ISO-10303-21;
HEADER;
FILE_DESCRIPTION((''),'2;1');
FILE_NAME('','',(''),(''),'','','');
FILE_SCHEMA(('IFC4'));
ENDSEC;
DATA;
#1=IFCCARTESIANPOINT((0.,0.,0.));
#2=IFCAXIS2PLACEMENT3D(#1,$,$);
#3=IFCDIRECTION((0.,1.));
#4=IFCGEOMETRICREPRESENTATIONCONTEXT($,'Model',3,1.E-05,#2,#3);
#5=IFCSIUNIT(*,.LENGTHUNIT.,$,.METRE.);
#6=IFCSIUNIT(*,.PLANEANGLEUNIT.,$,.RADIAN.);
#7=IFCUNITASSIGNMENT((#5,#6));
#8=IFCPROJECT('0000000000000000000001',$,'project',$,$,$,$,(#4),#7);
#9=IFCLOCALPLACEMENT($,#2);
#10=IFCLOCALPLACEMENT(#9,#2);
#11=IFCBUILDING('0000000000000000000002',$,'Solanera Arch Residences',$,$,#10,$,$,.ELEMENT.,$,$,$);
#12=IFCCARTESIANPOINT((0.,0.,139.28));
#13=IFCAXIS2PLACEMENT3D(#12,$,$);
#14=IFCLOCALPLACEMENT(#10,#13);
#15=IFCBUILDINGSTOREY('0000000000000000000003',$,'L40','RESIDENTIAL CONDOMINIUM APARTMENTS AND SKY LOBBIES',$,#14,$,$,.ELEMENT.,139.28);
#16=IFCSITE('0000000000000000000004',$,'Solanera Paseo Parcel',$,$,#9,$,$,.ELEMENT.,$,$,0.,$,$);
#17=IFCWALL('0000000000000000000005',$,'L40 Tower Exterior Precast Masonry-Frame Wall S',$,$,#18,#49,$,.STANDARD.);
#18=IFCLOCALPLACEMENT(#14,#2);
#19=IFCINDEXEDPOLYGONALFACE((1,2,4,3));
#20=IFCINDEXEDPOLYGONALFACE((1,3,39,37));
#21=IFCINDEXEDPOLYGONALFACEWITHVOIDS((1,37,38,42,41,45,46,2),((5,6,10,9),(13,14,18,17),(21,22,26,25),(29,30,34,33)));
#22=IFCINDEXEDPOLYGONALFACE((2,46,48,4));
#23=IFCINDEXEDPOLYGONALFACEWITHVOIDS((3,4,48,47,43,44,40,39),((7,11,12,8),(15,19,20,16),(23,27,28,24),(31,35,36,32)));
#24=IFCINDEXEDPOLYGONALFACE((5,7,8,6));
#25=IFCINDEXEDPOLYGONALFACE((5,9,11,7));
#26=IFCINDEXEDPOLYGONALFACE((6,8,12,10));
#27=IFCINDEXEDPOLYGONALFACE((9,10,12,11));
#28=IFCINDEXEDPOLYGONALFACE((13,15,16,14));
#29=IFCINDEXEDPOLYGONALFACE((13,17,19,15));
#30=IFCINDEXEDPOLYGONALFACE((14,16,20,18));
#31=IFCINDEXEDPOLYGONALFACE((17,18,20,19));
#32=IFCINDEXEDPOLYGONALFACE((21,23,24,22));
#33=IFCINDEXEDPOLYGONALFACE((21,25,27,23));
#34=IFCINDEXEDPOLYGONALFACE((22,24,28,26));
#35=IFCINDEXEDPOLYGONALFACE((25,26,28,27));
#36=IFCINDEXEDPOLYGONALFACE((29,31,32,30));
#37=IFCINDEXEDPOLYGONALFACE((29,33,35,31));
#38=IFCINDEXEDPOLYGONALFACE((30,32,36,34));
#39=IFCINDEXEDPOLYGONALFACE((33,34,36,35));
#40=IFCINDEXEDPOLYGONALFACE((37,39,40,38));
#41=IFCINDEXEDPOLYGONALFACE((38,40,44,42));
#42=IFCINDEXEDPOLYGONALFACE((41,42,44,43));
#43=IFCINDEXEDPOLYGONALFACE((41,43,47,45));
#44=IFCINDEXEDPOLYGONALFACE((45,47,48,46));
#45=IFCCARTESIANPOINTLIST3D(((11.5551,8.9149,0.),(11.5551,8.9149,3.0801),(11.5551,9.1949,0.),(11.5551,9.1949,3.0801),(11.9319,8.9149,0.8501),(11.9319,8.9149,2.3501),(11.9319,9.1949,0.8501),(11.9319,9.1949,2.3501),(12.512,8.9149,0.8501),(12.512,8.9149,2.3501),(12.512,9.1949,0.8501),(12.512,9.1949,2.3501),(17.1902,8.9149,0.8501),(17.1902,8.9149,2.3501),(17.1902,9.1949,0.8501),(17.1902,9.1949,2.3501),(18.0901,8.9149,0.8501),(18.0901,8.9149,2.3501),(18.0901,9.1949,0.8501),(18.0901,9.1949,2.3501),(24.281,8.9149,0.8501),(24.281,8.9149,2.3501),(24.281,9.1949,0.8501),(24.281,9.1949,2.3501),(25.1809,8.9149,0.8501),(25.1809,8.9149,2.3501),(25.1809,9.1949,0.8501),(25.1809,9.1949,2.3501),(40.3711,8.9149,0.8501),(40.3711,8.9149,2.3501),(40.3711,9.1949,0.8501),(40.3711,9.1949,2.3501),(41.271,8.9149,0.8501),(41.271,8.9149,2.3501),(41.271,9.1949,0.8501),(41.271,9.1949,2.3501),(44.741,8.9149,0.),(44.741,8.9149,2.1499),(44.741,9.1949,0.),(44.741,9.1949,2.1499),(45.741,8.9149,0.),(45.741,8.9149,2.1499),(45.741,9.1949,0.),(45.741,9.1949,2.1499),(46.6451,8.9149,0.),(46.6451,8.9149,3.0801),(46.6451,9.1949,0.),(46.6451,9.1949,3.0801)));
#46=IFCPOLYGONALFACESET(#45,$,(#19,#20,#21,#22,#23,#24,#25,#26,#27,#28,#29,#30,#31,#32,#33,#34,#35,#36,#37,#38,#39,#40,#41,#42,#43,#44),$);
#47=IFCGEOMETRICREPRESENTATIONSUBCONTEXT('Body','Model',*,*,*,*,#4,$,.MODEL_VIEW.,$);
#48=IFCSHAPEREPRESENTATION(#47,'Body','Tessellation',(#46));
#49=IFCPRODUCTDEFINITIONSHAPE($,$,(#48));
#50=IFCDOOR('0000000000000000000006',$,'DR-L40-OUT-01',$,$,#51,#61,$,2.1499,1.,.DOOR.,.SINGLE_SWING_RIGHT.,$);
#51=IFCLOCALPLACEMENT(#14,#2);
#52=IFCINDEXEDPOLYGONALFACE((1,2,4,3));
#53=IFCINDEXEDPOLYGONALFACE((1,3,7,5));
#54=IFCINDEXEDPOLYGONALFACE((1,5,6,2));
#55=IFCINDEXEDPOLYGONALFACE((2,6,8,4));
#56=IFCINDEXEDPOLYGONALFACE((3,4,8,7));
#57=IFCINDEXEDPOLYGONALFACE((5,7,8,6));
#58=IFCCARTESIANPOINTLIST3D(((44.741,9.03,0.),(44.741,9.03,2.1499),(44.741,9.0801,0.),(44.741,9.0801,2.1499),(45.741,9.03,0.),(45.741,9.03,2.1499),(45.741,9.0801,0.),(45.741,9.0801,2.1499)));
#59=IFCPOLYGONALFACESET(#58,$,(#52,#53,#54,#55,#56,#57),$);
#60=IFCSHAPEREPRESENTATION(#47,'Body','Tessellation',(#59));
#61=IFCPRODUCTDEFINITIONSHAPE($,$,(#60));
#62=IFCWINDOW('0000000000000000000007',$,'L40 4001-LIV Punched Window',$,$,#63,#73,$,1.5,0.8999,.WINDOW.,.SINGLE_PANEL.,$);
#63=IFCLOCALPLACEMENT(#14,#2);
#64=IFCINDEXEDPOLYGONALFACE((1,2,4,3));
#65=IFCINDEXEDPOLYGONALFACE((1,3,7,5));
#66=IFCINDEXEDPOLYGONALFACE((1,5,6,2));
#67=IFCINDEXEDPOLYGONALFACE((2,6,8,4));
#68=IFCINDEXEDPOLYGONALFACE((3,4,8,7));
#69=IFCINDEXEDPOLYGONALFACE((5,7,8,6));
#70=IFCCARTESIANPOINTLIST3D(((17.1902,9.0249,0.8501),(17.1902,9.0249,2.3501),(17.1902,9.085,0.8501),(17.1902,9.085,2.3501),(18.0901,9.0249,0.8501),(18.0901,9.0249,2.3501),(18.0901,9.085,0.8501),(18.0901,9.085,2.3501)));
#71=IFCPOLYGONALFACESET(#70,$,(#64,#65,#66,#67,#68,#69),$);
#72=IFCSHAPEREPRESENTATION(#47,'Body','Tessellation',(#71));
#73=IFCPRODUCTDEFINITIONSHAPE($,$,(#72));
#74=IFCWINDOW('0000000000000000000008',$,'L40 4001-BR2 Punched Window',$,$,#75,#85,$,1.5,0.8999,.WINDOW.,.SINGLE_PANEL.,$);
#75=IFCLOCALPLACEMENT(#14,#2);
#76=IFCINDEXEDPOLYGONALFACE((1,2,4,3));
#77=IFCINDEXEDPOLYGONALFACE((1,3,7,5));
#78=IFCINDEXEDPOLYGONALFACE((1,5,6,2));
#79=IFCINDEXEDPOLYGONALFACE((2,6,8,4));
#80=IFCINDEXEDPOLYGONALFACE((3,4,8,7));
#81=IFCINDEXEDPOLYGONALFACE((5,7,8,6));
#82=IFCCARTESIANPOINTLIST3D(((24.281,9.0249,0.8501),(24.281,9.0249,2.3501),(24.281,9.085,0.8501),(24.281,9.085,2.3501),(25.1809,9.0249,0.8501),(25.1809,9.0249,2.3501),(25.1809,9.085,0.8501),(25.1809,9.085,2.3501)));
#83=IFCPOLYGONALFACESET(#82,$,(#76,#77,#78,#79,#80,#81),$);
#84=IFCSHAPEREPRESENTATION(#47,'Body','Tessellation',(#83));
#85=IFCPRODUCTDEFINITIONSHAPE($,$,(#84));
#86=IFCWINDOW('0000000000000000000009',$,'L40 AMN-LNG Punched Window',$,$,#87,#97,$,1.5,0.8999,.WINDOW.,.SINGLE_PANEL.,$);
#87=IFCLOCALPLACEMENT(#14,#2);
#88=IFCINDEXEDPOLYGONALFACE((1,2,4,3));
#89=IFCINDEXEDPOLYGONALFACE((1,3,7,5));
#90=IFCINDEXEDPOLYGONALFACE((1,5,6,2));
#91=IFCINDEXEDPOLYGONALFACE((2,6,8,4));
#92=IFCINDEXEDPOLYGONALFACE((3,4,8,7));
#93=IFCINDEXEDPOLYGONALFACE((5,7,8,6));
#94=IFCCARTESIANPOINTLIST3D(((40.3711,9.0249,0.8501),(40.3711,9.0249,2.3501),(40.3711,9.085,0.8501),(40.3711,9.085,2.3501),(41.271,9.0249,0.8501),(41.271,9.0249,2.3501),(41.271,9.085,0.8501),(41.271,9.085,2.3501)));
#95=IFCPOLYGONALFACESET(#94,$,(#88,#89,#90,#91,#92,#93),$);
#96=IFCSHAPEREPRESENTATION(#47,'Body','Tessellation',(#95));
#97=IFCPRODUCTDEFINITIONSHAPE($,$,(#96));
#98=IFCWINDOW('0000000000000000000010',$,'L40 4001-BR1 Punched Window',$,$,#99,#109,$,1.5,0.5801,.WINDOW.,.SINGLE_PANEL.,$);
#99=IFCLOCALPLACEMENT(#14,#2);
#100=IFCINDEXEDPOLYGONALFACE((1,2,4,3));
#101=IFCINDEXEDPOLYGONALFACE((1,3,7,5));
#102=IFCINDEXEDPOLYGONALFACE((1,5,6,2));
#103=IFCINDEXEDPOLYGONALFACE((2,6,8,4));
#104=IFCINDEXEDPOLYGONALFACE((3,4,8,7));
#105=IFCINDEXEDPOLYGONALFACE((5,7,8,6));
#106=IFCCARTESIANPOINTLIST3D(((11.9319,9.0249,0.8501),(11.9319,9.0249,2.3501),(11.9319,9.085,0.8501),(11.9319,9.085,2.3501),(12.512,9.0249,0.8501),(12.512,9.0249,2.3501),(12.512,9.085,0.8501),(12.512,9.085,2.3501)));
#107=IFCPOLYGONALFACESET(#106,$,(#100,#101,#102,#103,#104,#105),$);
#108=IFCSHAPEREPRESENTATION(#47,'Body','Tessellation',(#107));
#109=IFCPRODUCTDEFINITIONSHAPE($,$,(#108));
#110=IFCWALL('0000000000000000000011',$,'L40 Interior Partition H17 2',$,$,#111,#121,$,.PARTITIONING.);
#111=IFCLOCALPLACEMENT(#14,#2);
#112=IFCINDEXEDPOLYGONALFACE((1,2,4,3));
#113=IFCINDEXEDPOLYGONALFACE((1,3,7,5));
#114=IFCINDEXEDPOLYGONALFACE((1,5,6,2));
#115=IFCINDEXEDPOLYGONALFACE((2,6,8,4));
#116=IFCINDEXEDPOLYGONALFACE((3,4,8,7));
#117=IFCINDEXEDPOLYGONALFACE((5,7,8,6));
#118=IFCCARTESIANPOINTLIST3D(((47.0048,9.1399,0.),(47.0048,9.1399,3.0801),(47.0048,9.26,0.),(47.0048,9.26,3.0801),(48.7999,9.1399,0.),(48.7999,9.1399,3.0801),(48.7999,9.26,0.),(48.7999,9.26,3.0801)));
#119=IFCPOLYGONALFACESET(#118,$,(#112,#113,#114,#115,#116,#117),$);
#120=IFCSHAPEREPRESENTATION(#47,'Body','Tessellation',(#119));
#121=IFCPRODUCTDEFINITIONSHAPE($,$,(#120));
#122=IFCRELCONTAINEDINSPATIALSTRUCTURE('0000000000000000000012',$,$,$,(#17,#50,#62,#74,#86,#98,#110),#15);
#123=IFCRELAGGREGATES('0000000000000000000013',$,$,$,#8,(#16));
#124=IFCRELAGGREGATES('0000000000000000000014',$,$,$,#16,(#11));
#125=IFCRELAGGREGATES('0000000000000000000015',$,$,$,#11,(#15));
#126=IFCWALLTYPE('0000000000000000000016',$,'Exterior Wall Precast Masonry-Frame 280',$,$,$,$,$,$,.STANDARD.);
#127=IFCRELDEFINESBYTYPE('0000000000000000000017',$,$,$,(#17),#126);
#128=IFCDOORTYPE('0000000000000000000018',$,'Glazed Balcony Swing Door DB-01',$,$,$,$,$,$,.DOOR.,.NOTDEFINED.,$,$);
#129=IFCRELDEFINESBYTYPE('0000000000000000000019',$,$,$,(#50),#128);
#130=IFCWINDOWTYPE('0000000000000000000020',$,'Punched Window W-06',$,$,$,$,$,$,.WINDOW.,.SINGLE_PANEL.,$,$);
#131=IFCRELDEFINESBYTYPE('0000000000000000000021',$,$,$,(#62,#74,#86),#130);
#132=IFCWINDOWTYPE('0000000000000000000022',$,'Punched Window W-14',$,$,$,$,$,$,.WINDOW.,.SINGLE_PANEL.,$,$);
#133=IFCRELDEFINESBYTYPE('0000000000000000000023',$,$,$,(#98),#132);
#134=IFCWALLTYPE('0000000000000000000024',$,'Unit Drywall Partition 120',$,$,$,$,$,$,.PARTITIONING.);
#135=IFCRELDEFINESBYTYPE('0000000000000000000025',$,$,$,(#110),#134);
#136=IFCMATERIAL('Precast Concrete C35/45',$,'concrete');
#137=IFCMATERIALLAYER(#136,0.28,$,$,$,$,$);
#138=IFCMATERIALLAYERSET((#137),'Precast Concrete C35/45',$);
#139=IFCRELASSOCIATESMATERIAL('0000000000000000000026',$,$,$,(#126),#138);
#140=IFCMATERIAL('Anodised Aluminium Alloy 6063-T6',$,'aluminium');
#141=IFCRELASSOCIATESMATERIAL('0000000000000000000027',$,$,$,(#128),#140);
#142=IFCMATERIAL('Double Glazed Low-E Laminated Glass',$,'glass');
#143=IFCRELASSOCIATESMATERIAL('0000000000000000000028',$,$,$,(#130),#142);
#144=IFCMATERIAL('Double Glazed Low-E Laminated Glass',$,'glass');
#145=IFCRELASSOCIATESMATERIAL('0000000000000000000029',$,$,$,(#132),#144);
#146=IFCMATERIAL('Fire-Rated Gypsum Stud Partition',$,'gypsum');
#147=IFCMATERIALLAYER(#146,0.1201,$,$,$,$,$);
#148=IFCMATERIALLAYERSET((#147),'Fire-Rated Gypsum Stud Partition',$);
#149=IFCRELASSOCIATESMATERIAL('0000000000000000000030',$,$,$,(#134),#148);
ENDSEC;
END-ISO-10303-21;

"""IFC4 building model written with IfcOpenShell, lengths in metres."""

from ifc_helpers import new_model, si_unit, direction, frame, frame_2d, origin, place, context, subcontext, project, spatial, rectangle, extrude, material, layer, layer_set, type_object, element, fill, save


model = new_model("IFC4")

# Units and contexts
model_context = context("Model", 3, precision=1e-05, world=origin(), true_north=direction((0.0, 1.0)))
body_context = subcontext(model_context, "Body", "Model", "MODEL_VIEW")
ifc_project = project(units=[si_unit("LENGTHUNIT", "METRE"), si_unit("PLANEANGLEUNIT", "RADIAN")], contexts=[model_context])

# Site, building, storey
site_placement = place(None, origin())
site = spatial("IfcSite", under=ifc_project, at=site_placement, Name="Solanera Paseo Parcel", CompositionType="ELEMENT", RefElevation=0.0)
building_placement = place(site_placement, origin())
building = spatial("IfcBuilding", under=site, at=building_placement, Name="Solanera Arch Residences", CompositionType="ELEMENT")
storey_placement = place(building_placement, frame((0.0, 0.0, 139.28)))
storey = spatial("IfcBuildingStorey", under=building, at=storey_placement, Name="L40", Description="RESIDENTIAL CONDOMINIUM APARTMENTS AND SKY LOBBIES", CompositionType="ELEMENT", Elevation=139.28)

# Shared definitions
ifc_material_1 = material(Name="Precast Concrete C35/45", Category="concrete")
ifc_layer_1 = layer(ifc_material_1, 0.28)
ifc_layer_set_1 = layer_set([ifc_layer_1], Name="Precast Concrete C35/45")
wall_type_1 = type_object("IfcWallType", Name="Exterior Wall Precast Masonry-Frame 280", PredefinedType="STANDARD", material=ifc_layer_set_1)

# Wall, openings, door, windows
wall_1_placement = place(storey_placement, frame((46.645, 9.0549, 0.0), z_axis=(0.0, 0.0, 1.0), x_axis=(-1.0, 0.0, 0.0)))
wall_1 = element("IfcWall", 1, at=wall_1_placement, inside=storey, type_object=wall_type_1, Name="L40 Tower Exterior Precast Masonry-Frame Wall S", PredefinedType="STANDARD", context=body_context, shape_type="SweptSolid", body=[
    extrude(rectangle(XDim=35.0901, YDim=0.28, at=frame_2d((17.5449, 0.0))), origin(), (0.0, 0.0, 1.0), 3.0801),
])
opening_1_placement = place(wall_1_placement, frame((0.9041, 0.0, 0.0)))
opening_1 = element("IfcOpeningElement", 2, at=opening_1_placement, cuts=wall_1, PredefinedType="OPENING", context=body_context, shape_type="SweptSolid", body=[
    extrude(rectangle(XDim=1.0, YDim=2.1499, at=frame_2d((0.5, 1.075))), frame((0.0, 0.1499, 0.0), z_axis=(0.0, -1.0, 0.0), x_axis=(1.0, 0.0, 0.0)), (0.0, 0.0, 1.0), 0.3),
])
opening_2_placement = place(wall_1_placement, frame((28.5549, 0.0, 0.8501)))
opening_2 = element("IfcOpeningElement", 3, at=opening_2_placement, cuts=wall_1, PredefinedType="OPENING", context=body_context, shape_type="SweptSolid", body=[
    extrude(rectangle(XDim=0.8999, YDim=1.5, at=frame_2d((0.45, 0.75))), frame((0.0, 0.1499, 0.0), z_axis=(0.0, -1.0, 0.0), x_axis=(1.0, 0.0, 0.0)), (0.0, 0.0, 1.0), 0.3),
])
opening_3_placement = place(wall_1_placement, frame((34.1331, 0.0, 0.8501)))
opening_3 = element("IfcOpeningElement", 4, at=opening_3_placement, cuts=wall_1, PredefinedType="OPENING", context=body_context, shape_type="SweptSolid", body=[
    extrude(rectangle(XDim=0.5801, YDim=1.5, at=frame_2d((0.29, 0.75))), frame((0.0, 0.1499, 0.0), z_axis=(0.0, -1.0, 0.0), x_axis=(1.0, 0.0, 0.0)), (0.0, 0.0, 1.0), 0.3),
])
opening_4_placement = place(wall_1_placement, frame((21.4641, 0.0, 0.8501)))
opening_4 = element("IfcOpeningElement", 5, at=opening_4_placement, cuts=wall_1, PredefinedType="OPENING", context=body_context, shape_type="SweptSolid", body=[
    extrude(rectangle(XDim=0.8999, YDim=1.5, at=frame_2d((0.45, 0.75))), frame((0.0, 0.1499, 0.0), z_axis=(0.0, -1.0, 0.0), x_axis=(1.0, 0.0, 0.0)), (0.0, 0.0, 1.0), 0.3),
])
opening_5_placement = place(wall_1_placement, frame((5.374, 0.0, 0.8501)))
opening_5 = element("IfcOpeningElement", 6, at=opening_5_placement, cuts=wall_1, PredefinedType="OPENING", context=body_context, shape_type="SweptSolid", body=[
    extrude(rectangle(XDim=0.8999, YDim=1.5, at=frame_2d((0.45, 0.75))), frame((0.0, 0.1499, 0.0), z_axis=(0.0, -1.0, 0.0), x_axis=(1.0, 0.0, 0.0)), (0.0, 0.0, 1.0), 0.3),
])
ifc_material_2 = material(Name="Anodised Aluminium Alloy 6063-T6", Category="aluminium")
door_type = type_object("IfcDoorType", Name="Glazed Balcony Swing Door DB-01", OperationType="NOTDEFINED", PredefinedType="DOOR", material=ifc_material_2)
door_placement = place(opening_1_placement, origin())
door = element("IfcDoor", 7, at=door_placement, inside=storey, type_object=door_type, Name="DR-L40-OUT-01", OperationType="SINGLE_SWING_RIGHT", OverallHeight=2.1499, OverallWidth=1.0, PredefinedType="DOOR", context=body_context, shape_type="SweptSolid", body=[
    extrude(rectangle(XDim=1.0, YDim=2.1499, at=frame_2d((0.5, 1.075))), frame((0.0, 0.0249, 0.0), z_axis=(0.0, -1.0, 0.0), x_axis=(1.0, 0.0, 0.0)), (0.0, 0.0, 1.0), 0.05),
])
fill(opening_1, door)
ifc_material_3 = material(Name="Double Glazed Low-E Laminated Glass", Category="glass")
window_type_1 = type_object("IfcWindowType", Name="Punched Window W-06", PartitioningType="SINGLE_PANEL", PredefinedType="WINDOW", material=ifc_material_3)
window_1_placement = place(opening_2_placement, origin())
window_1 = element("IfcWindow", 8, at=window_1_placement, inside=storey, type_object=window_type_1, Name="L40 4001-LIV Punched Window", OverallHeight=1.5, OverallWidth=0.8999, PartitioningType="SINGLE_PANEL", PredefinedType="WINDOW", context=body_context, shape_type="SweptSolid", body=[
    extrude(rectangle(XDim=0.8999, YDim=1.5, at=frame_2d((0.45, 0.75))), frame((0.0, 0.03, 0.0), z_axis=(0.0, -1.0, 0.0), x_axis=(1.0, 0.0, 0.0)), (0.0, 0.0, 1.0), 0.0601),
])
fill(opening_2, window_1)
window_2_placement = place(opening_4_placement, origin())
window_2 = element("IfcWindow", 9, at=window_2_placement, inside=storey, type_object=window_type_1, Name="L40 4001-BR2 Punched Window", OverallHeight=1.5, OverallWidth=0.8999, PartitioningType="SINGLE_PANEL", PredefinedType="WINDOW", context=body_context, shape_type="SweptSolid", body=[
    extrude(rectangle(XDim=0.8999, YDim=1.5, at=frame_2d((0.45, 0.75))), frame((0.0, 0.03, 0.0), z_axis=(0.0, -1.0, 0.0), x_axis=(1.0, 0.0, 0.0)), (0.0, 0.0, 1.0), 0.0601),
])
fill(opening_4, window_2)
window_3_placement = place(opening_5_placement, origin())
window_3 = element("IfcWindow", 10, at=window_3_placement, inside=storey, type_object=window_type_1, Name="L40 AMN-LNG Punched Window", OverallHeight=1.5, OverallWidth=0.8999, PartitioningType="SINGLE_PANEL", PredefinedType="WINDOW", context=body_context, shape_type="SweptSolid", body=[
    extrude(rectangle(XDim=0.8999, YDim=1.5, at=frame_2d((0.45, 0.75))), frame((0.0, 0.03, 0.0), z_axis=(0.0, -1.0, 0.0), x_axis=(1.0, 0.0, 0.0)), (0.0, 0.0, 1.0), 0.0601),
])
fill(opening_5, window_3)
ifc_material_4 = material(Name="Double Glazed Low-E Laminated Glass", Category="glass")
window_type_2 = type_object("IfcWindowType", Name="Punched Window W-14", PartitioningType="SINGLE_PANEL", PredefinedType="WINDOW", material=ifc_material_4)
window_4_placement = place(opening_3_placement, origin())
window_4 = element("IfcWindow", 11, at=window_4_placement, inside=storey, type_object=window_type_2, Name="L40 4001-BR1 Punched Window", OverallHeight=1.5, OverallWidth=0.5801, PartitioningType="SINGLE_PANEL", PredefinedType="WINDOW", context=body_context, shape_type="SweptSolid", body=[
    extrude(rectangle(XDim=0.5801, YDim=1.5, at=frame_2d((0.29, 0.75))), frame((0.0, 0.03, 0.0), z_axis=(0.0, -1.0, 0.0), x_axis=(1.0, 0.0, 0.0)), (0.0, 0.0, 1.0), 0.0601),
])
fill(opening_3, window_4)

# Wall
ifc_material_5 = material(Name="Fire-Rated Gypsum Stud Partition", Category="gypsum")
ifc_layer_2 = layer(ifc_material_5, 0.1201)
ifc_layer_set_2 = layer_set([ifc_layer_2], Name="Fire-Rated Gypsum Stud Partition")
wall_type_2 = type_object("IfcWallType", Name="Unit Drywall Partition 120", PredefinedType="PARTITIONING", material=ifc_layer_set_2)
wall_2_placement = place(storey_placement, frame((47.0049, 9.2, 0.0), z_axis=(0.0, 0.0, 1.0), x_axis=(1.0, 0.0, 0.0)))
element("IfcWall", 12, at=wall_2_placement, inside=storey, type_object=wall_type_2, Name="L40 Interior Partition H17 2", PredefinedType="PARTITIONING", context=body_context, shape_type="SweptSolid", body=[
    extrude(rectangle(XDim=1.7952, YDim=0.1201, at=frame_2d((0.8975, 0.0))), origin(), (0.0, 0.0, 1.0), 3.0801),
])

save(model, "model.ifc")
